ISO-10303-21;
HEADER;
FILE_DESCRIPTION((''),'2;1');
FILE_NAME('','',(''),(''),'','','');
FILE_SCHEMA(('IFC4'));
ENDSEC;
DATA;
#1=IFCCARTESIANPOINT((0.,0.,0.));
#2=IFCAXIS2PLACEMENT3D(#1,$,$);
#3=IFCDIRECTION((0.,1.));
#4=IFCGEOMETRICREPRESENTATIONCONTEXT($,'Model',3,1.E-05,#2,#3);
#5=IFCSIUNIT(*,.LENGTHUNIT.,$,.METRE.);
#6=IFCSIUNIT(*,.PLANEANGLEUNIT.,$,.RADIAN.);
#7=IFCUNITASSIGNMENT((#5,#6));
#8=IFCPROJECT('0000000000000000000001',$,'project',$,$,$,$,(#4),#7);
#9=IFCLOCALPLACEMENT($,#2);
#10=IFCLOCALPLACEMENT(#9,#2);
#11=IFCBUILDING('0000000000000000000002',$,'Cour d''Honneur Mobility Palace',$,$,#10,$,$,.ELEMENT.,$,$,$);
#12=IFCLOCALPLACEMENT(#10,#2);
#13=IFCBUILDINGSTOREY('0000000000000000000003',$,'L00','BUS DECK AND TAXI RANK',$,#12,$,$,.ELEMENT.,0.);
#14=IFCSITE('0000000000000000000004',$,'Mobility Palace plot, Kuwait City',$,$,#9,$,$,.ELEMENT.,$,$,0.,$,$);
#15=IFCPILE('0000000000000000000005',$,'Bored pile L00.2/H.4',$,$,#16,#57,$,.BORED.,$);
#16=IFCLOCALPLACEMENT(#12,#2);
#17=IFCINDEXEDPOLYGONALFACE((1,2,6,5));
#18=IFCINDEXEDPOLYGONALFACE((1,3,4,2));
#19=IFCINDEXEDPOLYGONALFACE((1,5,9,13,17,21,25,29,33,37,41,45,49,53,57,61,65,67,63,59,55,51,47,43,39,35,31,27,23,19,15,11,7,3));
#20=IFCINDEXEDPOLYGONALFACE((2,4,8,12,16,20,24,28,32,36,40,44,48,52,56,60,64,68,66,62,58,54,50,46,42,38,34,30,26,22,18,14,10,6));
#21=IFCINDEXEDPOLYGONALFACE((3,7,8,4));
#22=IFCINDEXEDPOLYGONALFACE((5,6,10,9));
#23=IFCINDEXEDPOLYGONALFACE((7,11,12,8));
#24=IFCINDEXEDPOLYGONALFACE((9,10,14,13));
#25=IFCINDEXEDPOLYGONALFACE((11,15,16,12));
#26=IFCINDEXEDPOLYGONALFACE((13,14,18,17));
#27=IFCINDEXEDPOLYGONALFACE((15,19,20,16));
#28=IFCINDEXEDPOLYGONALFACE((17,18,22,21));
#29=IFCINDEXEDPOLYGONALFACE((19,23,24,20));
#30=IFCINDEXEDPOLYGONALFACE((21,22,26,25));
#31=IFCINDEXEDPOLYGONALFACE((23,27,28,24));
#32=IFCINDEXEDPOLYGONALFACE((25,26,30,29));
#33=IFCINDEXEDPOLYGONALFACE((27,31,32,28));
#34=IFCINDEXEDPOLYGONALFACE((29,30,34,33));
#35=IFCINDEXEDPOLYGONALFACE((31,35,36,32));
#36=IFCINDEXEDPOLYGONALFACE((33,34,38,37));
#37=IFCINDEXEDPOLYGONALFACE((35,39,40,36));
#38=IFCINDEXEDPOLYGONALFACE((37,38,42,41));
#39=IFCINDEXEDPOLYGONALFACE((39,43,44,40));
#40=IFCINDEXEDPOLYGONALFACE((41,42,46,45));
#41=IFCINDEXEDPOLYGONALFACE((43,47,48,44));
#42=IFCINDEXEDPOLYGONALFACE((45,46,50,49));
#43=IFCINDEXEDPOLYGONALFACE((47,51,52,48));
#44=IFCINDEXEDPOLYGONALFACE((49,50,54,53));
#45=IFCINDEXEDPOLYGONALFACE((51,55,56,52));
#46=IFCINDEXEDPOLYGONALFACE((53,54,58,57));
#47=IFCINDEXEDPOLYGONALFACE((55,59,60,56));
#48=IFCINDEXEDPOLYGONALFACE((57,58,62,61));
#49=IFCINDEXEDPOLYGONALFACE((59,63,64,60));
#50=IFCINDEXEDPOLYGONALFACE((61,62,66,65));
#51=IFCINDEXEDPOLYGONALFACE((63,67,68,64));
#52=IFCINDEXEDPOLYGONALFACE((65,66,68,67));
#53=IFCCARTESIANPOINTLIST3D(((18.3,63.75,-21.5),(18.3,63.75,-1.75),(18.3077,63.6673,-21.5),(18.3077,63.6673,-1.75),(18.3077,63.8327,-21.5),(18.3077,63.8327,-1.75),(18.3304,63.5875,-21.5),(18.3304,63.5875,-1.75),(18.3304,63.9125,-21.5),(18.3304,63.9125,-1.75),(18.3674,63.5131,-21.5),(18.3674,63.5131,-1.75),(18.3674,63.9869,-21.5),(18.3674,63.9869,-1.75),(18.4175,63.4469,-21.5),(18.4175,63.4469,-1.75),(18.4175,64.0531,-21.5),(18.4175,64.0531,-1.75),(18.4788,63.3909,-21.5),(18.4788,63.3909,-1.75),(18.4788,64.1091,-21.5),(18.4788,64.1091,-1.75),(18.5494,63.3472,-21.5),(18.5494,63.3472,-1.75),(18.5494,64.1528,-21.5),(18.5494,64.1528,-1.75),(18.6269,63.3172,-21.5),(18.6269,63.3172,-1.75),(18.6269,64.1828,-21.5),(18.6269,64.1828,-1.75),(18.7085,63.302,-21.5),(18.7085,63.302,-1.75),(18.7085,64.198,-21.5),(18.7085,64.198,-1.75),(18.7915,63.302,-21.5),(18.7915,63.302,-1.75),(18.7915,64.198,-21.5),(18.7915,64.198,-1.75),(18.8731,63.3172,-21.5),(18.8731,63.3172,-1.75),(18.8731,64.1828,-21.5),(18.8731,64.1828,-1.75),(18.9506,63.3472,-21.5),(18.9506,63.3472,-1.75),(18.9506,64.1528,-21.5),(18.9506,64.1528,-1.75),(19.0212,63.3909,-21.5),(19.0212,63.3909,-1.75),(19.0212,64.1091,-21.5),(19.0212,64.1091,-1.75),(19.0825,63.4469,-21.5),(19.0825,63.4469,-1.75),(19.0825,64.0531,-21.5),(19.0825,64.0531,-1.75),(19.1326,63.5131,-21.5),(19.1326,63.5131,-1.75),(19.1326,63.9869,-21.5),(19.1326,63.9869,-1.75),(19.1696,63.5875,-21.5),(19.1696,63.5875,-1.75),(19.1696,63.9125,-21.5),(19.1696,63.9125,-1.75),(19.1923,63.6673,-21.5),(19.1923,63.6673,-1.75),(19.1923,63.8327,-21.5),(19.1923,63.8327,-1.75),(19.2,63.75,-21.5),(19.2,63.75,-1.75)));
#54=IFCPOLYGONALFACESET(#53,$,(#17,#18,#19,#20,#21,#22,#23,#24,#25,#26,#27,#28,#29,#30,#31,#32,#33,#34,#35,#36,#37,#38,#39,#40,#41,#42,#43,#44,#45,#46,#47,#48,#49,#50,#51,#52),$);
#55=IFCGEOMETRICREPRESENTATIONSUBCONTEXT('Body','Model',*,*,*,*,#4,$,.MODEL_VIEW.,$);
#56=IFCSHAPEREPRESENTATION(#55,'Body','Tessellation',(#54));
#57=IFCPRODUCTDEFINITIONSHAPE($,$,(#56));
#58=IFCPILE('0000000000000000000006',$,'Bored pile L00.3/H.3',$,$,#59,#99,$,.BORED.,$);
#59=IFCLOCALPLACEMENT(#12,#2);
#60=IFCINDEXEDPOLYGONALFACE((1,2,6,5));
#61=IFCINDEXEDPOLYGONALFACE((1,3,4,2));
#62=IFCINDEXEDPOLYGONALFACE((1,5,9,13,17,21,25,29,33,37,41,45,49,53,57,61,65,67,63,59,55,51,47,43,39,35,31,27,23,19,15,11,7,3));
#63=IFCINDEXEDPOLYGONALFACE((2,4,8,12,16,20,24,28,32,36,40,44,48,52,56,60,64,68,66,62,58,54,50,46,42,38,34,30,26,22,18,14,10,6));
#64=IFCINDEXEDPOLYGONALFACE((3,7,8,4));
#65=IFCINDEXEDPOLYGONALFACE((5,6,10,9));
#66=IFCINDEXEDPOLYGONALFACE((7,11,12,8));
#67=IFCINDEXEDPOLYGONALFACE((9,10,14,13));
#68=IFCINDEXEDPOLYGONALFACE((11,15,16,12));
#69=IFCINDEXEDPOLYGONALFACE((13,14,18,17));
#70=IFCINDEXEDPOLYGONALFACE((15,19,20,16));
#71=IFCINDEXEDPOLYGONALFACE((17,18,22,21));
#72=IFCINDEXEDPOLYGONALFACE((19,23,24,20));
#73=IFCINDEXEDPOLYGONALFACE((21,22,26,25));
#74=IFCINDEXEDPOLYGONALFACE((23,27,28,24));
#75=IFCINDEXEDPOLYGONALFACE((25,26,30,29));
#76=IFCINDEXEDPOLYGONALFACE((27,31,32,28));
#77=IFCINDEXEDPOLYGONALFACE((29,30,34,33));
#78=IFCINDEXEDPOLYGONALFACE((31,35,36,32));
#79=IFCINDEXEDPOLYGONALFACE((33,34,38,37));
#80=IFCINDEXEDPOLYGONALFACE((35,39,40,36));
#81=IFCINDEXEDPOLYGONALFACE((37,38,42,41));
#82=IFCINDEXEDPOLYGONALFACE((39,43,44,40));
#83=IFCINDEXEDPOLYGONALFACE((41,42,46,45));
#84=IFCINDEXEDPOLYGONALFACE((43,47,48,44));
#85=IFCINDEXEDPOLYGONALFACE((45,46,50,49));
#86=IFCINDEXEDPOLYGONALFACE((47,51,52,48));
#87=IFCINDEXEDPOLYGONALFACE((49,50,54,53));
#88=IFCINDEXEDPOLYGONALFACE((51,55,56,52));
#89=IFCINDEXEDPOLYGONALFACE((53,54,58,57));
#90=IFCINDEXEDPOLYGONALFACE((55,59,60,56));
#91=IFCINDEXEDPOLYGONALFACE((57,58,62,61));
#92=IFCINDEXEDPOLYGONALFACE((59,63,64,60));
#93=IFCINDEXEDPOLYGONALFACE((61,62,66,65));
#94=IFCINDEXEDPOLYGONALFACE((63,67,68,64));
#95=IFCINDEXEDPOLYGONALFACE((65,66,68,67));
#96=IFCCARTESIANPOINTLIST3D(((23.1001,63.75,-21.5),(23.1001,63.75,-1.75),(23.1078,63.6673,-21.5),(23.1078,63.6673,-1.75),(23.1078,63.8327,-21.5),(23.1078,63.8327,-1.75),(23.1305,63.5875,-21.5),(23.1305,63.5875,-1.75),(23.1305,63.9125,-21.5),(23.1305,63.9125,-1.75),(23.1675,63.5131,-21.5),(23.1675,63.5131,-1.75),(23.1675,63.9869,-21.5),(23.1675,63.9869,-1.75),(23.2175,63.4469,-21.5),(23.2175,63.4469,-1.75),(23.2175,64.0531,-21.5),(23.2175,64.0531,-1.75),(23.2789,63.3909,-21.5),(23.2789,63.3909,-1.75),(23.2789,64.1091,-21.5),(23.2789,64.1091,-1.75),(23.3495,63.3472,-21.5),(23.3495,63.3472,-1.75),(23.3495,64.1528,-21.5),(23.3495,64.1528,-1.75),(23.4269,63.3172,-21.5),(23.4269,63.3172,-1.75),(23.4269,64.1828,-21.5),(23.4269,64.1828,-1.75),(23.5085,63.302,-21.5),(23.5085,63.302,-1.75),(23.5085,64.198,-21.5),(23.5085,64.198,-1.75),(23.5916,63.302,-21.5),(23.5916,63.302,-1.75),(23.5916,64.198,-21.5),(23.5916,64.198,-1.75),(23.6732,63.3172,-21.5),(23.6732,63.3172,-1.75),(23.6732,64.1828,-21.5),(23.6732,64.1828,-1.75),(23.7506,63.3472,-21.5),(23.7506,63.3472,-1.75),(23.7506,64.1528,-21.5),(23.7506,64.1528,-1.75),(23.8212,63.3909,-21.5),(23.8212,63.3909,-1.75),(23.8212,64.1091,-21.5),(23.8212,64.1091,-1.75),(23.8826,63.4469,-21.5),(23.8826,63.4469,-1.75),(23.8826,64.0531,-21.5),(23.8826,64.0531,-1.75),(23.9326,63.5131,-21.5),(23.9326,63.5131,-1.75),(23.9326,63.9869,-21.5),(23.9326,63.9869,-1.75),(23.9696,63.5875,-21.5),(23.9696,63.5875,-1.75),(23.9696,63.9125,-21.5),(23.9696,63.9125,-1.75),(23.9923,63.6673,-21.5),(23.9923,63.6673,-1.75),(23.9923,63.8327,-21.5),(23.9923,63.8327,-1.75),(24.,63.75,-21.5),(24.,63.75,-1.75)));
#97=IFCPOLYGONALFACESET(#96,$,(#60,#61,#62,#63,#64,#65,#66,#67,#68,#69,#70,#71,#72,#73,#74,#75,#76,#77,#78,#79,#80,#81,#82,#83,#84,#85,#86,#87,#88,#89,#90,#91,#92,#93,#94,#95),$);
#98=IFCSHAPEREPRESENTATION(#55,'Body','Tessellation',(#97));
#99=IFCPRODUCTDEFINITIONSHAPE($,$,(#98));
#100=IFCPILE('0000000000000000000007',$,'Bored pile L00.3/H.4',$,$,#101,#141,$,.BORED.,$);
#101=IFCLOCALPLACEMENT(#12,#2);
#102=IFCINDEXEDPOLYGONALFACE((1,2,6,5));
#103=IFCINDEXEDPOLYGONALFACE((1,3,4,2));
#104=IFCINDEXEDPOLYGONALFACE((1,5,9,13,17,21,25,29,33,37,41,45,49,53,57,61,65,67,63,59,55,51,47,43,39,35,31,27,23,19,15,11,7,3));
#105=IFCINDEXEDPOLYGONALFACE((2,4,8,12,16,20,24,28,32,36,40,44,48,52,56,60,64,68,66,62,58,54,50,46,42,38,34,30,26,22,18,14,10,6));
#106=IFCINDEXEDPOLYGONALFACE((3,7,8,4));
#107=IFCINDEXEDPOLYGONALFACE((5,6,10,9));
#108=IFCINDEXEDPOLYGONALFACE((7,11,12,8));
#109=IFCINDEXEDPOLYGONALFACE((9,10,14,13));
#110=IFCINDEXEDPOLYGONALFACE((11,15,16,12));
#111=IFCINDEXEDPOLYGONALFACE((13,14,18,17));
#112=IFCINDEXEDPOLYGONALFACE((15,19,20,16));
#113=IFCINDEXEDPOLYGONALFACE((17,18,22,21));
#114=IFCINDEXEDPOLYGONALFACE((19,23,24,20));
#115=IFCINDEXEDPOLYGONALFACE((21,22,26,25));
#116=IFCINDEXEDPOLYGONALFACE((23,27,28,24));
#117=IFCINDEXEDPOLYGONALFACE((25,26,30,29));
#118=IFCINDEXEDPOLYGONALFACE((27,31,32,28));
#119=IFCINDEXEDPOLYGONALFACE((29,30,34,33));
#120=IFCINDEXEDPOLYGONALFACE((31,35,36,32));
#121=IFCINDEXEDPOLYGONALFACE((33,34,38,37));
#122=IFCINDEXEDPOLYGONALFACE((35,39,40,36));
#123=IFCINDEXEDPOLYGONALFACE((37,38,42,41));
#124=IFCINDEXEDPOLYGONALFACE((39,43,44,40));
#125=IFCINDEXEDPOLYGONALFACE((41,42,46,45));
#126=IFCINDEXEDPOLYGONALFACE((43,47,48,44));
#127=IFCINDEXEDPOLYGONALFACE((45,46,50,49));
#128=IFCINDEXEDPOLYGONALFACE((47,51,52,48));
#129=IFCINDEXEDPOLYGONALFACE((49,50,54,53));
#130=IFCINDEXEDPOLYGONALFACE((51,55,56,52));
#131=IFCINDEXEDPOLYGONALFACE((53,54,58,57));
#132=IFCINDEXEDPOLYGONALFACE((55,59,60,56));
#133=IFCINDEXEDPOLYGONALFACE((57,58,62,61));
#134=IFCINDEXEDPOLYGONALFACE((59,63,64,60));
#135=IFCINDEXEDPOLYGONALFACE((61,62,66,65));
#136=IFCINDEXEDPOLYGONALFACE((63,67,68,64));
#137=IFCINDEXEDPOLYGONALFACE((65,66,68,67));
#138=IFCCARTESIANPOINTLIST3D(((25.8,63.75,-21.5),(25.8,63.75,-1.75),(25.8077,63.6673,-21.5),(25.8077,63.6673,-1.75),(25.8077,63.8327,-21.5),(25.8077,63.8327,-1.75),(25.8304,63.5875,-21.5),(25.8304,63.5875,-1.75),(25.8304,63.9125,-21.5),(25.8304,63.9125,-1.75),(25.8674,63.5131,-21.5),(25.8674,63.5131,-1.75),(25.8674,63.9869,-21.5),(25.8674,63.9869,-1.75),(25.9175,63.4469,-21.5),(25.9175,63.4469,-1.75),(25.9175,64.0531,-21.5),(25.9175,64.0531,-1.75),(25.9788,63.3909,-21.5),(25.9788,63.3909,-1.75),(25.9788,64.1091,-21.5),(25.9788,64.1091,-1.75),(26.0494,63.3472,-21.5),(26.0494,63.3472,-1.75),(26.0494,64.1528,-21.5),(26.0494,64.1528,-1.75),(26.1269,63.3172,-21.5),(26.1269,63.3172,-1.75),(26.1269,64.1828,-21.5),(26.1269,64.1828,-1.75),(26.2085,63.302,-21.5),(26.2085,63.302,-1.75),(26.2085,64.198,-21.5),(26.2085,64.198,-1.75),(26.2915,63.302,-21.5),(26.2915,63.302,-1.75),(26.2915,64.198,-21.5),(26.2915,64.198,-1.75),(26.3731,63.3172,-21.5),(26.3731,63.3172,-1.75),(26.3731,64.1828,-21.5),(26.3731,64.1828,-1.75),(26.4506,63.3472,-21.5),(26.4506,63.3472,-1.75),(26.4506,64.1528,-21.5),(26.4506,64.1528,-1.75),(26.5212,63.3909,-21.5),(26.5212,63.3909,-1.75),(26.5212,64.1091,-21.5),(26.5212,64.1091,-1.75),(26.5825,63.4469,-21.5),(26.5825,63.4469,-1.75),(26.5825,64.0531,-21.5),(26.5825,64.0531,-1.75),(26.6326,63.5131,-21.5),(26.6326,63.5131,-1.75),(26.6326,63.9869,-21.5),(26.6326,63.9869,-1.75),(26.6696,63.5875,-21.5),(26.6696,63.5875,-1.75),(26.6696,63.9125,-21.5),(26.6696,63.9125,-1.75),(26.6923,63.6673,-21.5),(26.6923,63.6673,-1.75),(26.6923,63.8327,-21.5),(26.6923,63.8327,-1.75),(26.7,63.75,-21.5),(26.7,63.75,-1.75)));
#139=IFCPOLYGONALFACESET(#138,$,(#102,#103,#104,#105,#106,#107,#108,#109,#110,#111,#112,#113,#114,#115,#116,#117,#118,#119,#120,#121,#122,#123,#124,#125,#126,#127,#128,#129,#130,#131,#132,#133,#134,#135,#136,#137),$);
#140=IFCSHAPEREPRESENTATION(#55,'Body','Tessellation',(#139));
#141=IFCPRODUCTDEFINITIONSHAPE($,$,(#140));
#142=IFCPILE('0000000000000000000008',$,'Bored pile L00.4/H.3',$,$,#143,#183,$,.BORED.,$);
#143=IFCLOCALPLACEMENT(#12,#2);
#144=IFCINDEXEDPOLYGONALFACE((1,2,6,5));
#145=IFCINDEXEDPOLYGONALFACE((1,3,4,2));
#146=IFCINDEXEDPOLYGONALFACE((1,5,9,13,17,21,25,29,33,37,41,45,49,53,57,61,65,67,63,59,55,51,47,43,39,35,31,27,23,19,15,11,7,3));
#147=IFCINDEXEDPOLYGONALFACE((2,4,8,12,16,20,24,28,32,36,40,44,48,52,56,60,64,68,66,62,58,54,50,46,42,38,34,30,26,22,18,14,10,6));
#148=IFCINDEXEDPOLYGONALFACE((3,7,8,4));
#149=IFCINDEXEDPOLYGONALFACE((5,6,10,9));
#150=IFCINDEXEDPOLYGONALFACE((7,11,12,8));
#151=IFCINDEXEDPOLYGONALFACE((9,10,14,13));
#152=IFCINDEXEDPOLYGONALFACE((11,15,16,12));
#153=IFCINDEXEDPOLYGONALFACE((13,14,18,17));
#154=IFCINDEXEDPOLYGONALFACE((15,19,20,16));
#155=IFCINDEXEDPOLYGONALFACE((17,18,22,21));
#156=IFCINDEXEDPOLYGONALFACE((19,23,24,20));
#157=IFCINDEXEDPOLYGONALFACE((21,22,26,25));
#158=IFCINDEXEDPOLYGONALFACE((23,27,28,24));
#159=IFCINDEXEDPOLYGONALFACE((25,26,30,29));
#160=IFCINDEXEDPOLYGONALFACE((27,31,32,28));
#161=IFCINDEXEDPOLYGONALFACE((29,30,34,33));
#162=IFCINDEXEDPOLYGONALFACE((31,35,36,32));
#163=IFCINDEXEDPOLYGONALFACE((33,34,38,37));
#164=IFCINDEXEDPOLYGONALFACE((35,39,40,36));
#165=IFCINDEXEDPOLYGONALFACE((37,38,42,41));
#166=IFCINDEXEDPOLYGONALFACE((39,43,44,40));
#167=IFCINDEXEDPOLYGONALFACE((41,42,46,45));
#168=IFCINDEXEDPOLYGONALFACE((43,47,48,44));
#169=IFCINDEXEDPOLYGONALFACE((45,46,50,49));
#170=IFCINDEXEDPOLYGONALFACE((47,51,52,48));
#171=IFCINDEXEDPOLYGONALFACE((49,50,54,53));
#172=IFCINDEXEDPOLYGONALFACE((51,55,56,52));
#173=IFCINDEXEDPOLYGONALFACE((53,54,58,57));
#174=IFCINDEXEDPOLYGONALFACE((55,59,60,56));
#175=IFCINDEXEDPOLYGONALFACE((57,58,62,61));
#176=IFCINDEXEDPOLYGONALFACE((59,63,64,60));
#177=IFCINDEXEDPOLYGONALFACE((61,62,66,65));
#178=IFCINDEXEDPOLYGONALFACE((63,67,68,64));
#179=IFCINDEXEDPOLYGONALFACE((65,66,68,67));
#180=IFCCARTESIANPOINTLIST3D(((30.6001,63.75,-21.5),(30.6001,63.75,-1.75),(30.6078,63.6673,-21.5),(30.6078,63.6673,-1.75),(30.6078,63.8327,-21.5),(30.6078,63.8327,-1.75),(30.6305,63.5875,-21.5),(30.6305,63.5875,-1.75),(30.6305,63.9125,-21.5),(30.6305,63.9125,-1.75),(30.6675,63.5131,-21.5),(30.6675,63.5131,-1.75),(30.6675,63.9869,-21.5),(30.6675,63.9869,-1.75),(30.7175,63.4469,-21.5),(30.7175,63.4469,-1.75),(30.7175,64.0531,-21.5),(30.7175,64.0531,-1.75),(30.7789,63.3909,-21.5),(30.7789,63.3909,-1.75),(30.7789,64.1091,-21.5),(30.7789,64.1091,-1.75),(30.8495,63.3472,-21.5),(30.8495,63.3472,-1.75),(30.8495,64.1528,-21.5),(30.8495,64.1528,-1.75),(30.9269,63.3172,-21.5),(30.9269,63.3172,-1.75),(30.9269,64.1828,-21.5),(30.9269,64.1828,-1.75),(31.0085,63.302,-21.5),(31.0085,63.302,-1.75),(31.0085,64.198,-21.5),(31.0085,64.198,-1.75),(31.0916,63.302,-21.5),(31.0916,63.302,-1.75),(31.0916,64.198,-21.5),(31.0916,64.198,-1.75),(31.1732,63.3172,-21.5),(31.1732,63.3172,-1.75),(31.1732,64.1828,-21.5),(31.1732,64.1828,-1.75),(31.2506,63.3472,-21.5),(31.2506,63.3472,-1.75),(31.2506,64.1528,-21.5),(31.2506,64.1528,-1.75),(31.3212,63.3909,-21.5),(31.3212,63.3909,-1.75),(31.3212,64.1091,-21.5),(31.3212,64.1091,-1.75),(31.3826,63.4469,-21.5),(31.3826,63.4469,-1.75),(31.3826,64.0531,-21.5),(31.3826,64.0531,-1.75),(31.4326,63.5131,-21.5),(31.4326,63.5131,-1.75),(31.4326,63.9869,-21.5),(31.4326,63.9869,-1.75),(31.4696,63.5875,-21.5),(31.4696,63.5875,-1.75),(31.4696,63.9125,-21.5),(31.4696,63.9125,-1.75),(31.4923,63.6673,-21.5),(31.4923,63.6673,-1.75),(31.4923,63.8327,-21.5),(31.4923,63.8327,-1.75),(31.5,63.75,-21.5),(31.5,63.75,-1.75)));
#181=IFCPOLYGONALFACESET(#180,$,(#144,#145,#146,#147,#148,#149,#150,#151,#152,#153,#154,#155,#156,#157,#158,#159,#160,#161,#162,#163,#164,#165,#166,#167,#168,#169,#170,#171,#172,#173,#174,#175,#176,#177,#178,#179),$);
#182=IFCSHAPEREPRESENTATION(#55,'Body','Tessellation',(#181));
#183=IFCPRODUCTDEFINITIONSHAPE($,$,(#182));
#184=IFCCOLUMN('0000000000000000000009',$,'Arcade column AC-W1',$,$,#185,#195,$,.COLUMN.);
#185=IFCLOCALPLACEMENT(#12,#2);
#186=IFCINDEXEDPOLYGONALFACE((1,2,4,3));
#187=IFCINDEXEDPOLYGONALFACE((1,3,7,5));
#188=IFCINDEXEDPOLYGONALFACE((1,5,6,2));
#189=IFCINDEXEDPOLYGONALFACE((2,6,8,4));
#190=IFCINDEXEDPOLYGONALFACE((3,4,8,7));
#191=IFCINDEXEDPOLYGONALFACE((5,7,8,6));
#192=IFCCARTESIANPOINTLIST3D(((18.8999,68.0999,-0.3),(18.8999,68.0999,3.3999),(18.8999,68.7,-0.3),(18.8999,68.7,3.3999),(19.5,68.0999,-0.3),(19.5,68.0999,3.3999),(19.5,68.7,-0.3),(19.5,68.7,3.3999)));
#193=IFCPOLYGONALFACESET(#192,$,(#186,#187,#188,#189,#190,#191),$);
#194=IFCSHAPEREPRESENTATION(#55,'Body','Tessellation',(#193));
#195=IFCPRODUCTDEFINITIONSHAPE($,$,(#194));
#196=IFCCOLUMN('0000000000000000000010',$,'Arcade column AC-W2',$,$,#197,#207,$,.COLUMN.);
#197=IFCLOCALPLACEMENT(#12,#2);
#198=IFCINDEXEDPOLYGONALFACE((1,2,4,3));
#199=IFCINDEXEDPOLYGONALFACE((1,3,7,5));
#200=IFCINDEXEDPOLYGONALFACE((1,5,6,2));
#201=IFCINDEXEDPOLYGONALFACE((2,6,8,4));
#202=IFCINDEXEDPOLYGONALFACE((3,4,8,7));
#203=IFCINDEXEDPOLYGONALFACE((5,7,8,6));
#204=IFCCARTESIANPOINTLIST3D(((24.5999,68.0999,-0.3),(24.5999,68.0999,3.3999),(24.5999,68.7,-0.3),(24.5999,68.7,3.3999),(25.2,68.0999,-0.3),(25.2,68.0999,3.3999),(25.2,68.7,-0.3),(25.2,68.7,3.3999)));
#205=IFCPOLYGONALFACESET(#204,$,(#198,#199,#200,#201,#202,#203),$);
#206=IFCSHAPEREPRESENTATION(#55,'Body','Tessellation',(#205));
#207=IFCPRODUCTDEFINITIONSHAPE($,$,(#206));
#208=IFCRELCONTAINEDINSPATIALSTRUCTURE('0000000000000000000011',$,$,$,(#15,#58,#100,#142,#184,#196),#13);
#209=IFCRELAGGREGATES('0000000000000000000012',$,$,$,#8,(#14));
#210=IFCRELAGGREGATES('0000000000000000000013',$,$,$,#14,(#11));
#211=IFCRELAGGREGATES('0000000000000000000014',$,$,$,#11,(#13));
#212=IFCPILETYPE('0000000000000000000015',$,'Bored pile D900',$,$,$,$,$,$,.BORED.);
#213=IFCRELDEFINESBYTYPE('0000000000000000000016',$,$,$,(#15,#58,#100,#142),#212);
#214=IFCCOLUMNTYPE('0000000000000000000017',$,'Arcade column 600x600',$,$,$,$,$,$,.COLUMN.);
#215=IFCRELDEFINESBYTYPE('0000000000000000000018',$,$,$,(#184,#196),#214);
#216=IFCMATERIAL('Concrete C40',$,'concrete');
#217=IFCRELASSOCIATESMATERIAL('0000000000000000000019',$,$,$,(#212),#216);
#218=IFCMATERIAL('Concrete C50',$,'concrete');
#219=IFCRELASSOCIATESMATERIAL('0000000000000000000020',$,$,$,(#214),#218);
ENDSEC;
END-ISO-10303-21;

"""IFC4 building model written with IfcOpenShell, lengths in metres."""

from ifc_helpers import new_model, si_unit, direction, frame, origin, origin_2d, place, context, subcontext, project, spatial, rectangle, circle, extrude, material, material_profile, profile_set, type_object, element, save


model = new_model("IFC4")

# Units and contexts
model_context = context("Model", 3, precision=1e-05, world=origin(), true_north=direction((0.0, 1.0)))
body_context = subcontext(model_context, "Body", "Model", "MODEL_VIEW")
ifc_project = project(units=[si_unit("LENGTHUNIT", "METRE"), si_unit("PLANEANGLEUNIT", "RADIAN")], contexts=[model_context])

# Site, building, storey
site_placement = place(None, origin())
site = spatial("IfcSite", under=ifc_project, at=site_placement, Name="Mobility Palace plot, Kuwait City", CompositionType="ELEMENT", RefElevation=0.0)
building_placement = place(site_placement, origin())
building = spatial("IfcBuilding", under=site, at=building_placement, Name="Cour d'Honneur Mobility Palace", CompositionType="ELEMENT")
storey_placement = place(building_placement, origin())
storey = spatial("IfcBuildingStorey", under=building, at=storey_placement, Name="L00", Description="BUS DECK AND TAXI RANK", CompositionType="ELEMENT", Elevation=0.0)

# Piles
ifc_material_1 = material(Name="Concrete C40", Category="concrete")
ifc_material_profile_1 = material_profile(ifc_material_1, circle(Radius=0.45, at=origin_2d()), Name="Bored pile D900")
ifc_profile_set_1 = profile_set([ifc_material_profile_1], Name="Concrete C40")
pile_type = type_object("IfcPileType", Name="Bored pile D900", PredefinedType="BORED", material=ifc_profile_set_1)
for number, where, z_axis, x_axis, name in (
    (1, (18.75, 63.75, -1.75), (0.0, 0.0, -1.0), (1.0, 0.0, 0.0), "Bored pile L00.2/H.4"),
    (2, (23.55, 63.75, -1.75), (0.0, 0.0, -1.0), (1.0, 0.0, 0.0), "Bored pile L00.3/H.3"),
    (3, (26.25, 63.75, -1.75), (0.0, 0.0, -1.0), (1.0, 0.0, 0.0), "Bored pile L00.3/H.4"),
    (4, (31.05, 63.75, -1.75), (0.0, 0.0, -1.0), (1.0, 0.0, 0.0), "Bored pile L00.4/H.3"),
):
    element("IfcPile", number, at=place(storey_placement, frame(where, z_axis=z_axis, x_axis=x_axis)), inside=storey, type_object=pile_type, Name=name, PredefinedType="BORED", context=body_context, shape_type="SweptSolid", body=[
        extrude(circle(Radius=0.45, at=origin_2d()), origin(), (0.0, 0.0, 1.0), 19.75),
    ])

# Columns
ifc_material_2 = material(Name="Concrete C50", Category="concrete")
ifc_material_profile_2 = material_profile(ifc_material_2, rectangle(XDim=0.6001, YDim=0.6001, at=origin_2d()), Name="Arcade column 600x600")
ifc_profile_set_2 = profile_set([ifc_material_profile_2], Name="Concrete C50")
column_type = type_object("IfcColumnType", Name="Arcade column 600x600", PredefinedType="COLUMN", material=ifc_profile_set_2)
for number, where, z_axis, x_axis, name in (
    (5, (19.2, 68.3999, -0.3), (0.0, 0.0, 1.0), (1.0, 0.0, 0.0), "Arcade column AC-W1"),
    (6, (24.8999, 68.3999, -0.3), (0.0, 0.0, 1.0), (1.0, 0.0, 0.0), "Arcade column AC-W2"),
):
    element("IfcColumn", number, at=place(storey_placement, frame(where, z_axis=z_axis, x_axis=x_axis)), inside=storey, type_object=column_type, Name=name, PredefinedType="COLUMN", context=body_context, shape_type="SweptSolid", body=[
        extrude(rectangle(XDim=0.6001, YDim=0.6001, at=origin_2d()), origin(), (0.0, 0.0, 1.0), 3.7),
    ])

save(model, "model.ifc")
